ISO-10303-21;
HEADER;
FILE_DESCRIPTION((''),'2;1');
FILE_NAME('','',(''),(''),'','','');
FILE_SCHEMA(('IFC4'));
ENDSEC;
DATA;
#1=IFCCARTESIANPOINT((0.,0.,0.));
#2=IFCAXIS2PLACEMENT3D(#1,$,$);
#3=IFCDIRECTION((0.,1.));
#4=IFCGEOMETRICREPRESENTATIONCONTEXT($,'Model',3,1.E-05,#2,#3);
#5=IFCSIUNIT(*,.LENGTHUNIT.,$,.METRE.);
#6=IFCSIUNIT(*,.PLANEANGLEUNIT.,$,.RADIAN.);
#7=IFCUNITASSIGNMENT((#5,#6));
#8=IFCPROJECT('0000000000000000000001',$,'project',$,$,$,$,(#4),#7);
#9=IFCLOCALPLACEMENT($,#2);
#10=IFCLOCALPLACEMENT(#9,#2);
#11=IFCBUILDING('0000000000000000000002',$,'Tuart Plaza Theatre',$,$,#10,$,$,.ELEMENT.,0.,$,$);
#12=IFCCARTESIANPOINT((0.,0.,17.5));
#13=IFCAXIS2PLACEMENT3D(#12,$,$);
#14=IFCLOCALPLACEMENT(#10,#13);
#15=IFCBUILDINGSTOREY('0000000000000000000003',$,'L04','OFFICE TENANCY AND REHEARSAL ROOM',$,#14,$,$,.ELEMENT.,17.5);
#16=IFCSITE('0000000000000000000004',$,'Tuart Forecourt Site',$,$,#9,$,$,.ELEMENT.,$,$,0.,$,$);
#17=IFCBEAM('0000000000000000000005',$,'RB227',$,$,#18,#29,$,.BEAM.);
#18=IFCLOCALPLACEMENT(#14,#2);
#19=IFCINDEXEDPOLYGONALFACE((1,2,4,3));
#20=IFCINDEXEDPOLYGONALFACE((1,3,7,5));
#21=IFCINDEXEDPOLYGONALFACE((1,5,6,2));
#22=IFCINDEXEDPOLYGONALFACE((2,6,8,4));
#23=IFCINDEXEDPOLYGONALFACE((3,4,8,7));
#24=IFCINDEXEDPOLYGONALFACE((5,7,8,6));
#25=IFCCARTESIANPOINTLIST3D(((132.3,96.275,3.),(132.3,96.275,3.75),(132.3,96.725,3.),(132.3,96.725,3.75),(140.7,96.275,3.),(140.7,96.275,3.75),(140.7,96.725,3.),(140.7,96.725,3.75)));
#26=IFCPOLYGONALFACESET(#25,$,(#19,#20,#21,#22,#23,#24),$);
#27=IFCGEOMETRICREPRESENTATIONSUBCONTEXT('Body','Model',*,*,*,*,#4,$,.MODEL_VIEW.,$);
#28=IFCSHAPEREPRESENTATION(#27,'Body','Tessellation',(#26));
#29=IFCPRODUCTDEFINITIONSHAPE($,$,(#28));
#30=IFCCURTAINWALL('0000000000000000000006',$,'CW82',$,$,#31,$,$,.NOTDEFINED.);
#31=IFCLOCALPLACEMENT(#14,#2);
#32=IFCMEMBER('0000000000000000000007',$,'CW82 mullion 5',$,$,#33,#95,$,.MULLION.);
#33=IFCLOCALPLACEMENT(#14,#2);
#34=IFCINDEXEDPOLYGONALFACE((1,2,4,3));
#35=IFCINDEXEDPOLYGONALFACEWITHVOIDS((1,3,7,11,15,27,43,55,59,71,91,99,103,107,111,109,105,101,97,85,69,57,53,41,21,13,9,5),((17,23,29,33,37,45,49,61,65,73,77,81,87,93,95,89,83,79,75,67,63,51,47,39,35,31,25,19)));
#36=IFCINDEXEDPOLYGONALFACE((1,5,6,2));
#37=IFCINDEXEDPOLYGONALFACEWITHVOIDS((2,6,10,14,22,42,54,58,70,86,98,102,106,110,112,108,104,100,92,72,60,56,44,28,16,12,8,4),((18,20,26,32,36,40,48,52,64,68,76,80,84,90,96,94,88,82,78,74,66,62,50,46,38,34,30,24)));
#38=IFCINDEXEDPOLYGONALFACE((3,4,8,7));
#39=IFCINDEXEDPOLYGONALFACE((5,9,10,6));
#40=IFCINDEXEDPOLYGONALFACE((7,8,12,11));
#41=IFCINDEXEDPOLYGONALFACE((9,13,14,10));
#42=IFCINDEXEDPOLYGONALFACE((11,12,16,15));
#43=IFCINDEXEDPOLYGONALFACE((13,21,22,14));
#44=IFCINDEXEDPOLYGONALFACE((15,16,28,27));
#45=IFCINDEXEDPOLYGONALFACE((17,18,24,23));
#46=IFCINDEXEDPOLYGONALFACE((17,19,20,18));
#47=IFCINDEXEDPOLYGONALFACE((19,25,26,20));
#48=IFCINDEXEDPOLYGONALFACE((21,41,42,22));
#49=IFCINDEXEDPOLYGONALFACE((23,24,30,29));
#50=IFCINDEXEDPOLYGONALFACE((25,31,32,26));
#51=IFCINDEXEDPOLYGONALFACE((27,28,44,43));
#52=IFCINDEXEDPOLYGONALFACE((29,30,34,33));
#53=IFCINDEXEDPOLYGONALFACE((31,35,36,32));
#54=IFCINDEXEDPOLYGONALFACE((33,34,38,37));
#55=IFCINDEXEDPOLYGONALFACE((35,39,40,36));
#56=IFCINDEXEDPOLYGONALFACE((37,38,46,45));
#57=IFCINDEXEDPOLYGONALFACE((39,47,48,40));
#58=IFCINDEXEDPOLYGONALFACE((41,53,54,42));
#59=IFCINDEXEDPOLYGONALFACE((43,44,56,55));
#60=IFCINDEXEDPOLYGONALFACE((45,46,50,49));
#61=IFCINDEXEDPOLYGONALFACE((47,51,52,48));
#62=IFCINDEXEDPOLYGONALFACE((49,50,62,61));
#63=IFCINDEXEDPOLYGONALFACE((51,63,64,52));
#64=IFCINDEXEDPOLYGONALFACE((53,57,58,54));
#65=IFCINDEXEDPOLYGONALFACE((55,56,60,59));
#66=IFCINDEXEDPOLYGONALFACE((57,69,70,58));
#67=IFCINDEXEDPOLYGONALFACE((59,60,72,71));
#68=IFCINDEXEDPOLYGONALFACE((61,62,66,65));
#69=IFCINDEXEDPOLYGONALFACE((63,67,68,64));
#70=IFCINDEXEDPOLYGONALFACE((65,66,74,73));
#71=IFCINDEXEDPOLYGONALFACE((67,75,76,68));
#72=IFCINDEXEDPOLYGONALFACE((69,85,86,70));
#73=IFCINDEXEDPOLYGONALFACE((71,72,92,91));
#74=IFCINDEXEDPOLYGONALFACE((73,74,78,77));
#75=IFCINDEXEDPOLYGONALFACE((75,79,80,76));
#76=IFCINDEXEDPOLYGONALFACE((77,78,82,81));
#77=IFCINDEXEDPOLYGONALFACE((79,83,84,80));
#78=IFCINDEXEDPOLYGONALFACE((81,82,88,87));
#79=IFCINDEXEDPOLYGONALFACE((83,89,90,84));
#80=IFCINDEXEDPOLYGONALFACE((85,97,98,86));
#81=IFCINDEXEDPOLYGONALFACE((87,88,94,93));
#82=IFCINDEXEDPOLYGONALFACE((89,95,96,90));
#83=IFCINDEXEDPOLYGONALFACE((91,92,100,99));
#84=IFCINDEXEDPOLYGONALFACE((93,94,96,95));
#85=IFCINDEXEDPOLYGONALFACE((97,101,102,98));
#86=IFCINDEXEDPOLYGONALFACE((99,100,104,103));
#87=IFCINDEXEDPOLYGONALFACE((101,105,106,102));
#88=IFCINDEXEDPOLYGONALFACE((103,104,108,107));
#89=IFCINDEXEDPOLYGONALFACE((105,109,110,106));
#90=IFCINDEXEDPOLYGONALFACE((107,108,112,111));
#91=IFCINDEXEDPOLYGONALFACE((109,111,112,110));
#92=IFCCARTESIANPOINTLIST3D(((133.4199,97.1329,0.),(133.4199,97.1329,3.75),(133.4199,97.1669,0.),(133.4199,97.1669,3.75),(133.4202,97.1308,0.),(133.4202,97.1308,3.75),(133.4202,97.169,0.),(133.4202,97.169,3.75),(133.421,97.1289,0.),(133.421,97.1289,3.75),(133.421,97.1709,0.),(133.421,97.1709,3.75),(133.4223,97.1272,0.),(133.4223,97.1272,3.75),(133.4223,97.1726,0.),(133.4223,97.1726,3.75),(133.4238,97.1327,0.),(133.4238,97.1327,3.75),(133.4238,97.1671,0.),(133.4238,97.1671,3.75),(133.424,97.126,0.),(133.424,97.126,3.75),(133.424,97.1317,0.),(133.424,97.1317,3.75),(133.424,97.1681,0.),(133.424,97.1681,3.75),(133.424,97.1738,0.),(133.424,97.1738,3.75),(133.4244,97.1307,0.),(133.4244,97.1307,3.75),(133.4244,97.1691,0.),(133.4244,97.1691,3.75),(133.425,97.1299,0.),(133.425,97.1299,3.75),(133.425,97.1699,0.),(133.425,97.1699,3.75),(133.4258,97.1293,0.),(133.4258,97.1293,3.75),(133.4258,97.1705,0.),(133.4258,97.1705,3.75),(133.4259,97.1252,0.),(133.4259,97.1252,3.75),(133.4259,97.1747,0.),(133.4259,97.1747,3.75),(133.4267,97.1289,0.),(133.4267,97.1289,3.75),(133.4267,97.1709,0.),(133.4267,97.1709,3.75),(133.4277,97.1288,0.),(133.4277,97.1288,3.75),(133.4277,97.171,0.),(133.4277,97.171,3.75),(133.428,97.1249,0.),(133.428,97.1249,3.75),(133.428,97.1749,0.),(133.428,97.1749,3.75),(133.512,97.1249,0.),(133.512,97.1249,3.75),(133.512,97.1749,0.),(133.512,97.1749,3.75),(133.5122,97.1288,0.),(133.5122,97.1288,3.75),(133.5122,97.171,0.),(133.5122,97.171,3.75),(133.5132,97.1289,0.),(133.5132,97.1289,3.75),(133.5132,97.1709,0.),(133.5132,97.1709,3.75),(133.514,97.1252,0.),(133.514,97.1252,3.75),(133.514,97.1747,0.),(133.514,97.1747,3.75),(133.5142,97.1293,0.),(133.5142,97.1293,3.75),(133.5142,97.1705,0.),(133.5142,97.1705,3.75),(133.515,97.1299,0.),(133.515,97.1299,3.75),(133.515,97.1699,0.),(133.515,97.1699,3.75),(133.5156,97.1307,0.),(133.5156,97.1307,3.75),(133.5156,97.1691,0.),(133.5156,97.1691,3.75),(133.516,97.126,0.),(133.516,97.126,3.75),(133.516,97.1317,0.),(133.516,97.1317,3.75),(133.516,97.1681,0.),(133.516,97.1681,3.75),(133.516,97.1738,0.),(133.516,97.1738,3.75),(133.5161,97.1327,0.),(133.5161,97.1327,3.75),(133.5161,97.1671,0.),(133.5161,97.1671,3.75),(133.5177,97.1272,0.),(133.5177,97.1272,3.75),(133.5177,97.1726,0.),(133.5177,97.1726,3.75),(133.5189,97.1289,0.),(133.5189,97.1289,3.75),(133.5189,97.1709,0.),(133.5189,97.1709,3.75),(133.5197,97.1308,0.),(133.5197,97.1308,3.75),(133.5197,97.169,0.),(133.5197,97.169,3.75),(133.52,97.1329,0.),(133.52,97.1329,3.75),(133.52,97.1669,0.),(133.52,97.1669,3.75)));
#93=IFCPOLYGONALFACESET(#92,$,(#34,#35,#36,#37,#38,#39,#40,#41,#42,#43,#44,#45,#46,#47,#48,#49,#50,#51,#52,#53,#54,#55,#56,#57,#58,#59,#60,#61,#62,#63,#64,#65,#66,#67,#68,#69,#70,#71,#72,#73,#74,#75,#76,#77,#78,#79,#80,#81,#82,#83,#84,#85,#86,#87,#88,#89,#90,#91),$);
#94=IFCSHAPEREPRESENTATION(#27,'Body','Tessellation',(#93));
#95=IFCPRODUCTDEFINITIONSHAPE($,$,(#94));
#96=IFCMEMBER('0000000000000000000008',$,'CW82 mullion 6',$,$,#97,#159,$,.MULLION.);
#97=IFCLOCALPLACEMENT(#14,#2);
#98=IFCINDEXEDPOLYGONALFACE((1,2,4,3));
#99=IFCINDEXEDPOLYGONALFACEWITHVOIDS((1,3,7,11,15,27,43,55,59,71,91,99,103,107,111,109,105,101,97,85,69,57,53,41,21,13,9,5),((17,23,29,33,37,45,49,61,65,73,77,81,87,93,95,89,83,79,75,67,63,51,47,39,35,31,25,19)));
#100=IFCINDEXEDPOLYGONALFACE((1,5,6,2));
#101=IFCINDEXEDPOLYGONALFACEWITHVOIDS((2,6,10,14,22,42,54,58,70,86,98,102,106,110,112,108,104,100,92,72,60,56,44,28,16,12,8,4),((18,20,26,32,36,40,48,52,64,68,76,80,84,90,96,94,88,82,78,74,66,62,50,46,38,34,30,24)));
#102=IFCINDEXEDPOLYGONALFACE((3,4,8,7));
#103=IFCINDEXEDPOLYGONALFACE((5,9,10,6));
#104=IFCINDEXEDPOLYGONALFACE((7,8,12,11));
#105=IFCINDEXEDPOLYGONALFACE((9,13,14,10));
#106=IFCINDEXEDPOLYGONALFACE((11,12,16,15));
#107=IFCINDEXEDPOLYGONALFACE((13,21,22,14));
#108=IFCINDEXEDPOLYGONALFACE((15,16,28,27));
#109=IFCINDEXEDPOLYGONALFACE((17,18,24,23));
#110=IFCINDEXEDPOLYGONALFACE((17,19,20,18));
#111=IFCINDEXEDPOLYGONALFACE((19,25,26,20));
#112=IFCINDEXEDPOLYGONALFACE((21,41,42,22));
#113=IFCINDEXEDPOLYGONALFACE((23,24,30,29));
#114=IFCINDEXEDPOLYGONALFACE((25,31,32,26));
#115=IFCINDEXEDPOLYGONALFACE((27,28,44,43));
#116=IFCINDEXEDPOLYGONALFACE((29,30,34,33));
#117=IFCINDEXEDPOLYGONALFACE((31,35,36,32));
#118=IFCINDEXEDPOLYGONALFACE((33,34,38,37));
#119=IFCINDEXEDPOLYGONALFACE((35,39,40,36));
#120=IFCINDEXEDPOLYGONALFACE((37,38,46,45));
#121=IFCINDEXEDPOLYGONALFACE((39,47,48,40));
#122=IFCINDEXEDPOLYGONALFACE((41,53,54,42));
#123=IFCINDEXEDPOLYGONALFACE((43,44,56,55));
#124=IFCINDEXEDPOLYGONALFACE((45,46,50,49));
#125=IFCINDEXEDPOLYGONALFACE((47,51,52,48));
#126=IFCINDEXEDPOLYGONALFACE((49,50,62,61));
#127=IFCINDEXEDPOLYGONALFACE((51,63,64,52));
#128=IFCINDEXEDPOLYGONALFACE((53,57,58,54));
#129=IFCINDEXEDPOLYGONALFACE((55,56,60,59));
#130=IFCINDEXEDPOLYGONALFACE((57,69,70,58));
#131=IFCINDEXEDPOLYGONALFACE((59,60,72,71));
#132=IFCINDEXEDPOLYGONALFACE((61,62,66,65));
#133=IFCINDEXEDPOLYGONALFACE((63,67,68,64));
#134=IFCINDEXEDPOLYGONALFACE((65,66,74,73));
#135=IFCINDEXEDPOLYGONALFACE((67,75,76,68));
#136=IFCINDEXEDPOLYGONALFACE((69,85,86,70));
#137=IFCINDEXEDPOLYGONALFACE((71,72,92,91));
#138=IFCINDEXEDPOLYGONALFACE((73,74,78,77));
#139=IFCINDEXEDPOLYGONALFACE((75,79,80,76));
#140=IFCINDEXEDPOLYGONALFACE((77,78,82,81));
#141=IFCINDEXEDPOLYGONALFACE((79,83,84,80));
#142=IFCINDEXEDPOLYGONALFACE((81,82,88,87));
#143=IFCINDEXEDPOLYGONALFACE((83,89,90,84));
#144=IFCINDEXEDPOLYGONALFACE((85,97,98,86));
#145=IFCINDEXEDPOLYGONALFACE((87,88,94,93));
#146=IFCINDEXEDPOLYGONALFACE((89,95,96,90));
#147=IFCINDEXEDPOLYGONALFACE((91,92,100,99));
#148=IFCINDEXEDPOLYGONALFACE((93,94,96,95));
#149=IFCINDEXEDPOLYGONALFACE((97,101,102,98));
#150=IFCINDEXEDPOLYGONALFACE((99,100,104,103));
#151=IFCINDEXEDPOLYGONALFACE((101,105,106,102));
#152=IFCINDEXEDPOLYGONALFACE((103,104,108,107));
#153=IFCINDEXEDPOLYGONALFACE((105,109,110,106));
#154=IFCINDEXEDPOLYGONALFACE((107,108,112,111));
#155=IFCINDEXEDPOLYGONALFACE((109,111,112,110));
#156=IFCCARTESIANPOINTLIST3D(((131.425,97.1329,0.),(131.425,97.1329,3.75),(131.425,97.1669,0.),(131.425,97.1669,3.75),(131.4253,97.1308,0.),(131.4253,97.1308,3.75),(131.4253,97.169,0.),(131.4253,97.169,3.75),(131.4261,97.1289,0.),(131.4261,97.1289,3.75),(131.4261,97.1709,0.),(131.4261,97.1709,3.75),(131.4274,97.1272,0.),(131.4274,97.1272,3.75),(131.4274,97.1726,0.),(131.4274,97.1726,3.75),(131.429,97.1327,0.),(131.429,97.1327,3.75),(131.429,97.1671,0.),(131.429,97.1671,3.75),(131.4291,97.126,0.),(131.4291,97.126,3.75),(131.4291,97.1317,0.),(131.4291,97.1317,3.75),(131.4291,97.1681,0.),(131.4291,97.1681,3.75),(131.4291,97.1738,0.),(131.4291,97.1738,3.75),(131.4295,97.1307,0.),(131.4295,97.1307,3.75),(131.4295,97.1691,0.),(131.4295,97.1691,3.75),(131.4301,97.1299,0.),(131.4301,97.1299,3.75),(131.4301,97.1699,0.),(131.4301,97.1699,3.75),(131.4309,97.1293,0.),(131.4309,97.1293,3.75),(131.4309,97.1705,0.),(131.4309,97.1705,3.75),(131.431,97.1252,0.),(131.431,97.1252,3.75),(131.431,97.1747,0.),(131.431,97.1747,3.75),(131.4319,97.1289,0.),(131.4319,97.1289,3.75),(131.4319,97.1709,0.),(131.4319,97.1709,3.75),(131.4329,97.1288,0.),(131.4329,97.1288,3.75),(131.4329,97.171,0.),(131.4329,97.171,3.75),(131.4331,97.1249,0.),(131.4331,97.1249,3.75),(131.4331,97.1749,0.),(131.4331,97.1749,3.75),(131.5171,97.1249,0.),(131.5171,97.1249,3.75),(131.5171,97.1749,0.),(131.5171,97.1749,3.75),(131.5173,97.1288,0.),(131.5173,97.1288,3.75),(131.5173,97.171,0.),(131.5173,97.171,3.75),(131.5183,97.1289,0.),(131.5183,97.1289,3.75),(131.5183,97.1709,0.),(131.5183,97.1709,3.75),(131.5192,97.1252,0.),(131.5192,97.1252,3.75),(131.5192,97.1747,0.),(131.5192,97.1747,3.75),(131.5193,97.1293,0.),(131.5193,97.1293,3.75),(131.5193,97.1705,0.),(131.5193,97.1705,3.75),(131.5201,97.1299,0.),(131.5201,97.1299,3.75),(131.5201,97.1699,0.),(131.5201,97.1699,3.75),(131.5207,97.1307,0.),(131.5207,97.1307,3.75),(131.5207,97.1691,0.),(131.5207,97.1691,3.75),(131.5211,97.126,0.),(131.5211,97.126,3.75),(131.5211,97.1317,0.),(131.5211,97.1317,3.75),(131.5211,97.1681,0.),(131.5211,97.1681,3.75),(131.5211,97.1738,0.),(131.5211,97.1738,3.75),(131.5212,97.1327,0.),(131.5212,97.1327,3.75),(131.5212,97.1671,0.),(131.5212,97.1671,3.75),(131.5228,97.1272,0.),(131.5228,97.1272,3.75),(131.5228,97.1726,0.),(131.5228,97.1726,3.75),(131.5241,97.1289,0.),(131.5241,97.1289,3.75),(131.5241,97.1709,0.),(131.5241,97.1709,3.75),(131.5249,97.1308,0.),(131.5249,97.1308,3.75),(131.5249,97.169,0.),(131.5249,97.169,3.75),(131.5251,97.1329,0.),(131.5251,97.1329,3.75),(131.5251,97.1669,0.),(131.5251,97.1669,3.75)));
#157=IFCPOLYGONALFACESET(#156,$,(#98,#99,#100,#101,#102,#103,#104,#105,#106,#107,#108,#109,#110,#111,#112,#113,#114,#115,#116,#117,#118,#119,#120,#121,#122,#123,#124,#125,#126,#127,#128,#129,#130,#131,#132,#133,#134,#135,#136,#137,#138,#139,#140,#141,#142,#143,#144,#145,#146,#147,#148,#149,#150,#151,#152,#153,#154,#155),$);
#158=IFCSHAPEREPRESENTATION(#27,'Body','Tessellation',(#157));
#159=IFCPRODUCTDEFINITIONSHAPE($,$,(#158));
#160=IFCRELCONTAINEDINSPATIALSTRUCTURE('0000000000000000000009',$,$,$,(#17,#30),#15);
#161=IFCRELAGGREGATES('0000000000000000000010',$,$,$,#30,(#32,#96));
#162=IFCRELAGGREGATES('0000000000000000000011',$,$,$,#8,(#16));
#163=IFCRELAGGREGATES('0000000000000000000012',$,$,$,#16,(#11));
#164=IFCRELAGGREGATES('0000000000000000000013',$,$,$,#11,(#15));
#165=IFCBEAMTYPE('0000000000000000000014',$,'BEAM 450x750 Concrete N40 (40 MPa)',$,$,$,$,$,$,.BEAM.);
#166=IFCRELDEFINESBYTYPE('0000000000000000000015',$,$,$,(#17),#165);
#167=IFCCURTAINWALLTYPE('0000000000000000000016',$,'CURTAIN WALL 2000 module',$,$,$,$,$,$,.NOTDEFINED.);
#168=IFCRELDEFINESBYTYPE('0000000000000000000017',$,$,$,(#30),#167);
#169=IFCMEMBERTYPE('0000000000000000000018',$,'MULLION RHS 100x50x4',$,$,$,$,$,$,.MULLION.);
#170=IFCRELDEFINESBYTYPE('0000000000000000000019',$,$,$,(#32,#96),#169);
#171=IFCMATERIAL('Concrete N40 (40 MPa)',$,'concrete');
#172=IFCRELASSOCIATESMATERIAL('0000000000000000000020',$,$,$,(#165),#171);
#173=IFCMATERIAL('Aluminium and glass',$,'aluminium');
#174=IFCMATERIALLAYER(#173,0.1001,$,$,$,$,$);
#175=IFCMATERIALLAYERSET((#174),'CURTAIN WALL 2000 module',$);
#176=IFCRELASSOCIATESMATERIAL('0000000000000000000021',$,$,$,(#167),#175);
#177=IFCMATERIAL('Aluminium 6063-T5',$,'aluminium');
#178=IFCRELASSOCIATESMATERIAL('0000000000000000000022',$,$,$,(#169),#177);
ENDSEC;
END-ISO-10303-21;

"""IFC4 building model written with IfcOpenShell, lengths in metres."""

from ifc_helpers import new_model, si_unit, direction, frame, origin, origin_2d, place, context, subcontext, project, spatial, rectangle, hollow_rectangle, extrude, material, layer, layer_set, material_profile, profile_set, type_object, element, aggregate, save


model = new_model("IFC4")

# Units and contexts
model_context = context("Model", 3, precision=1e-05, world=origin(), true_north=direction((0.0, 1.0)))
body_context = subcontext(model_context, "Body", "Model", "MODEL_VIEW")
ifc_project = project(units=[si_unit("LENGTHUNIT", "METRE"), si_unit("PLANEANGLEUNIT", "RADIAN")], contexts=[model_context])

# Site, building, storey
site_placement = place(None, origin())
site = spatial("IfcSite", under=ifc_project, at=site_placement, Name="Tuart Forecourt Site", CompositionType="ELEMENT", RefElevation=0.0)
building_placement = place(site_placement, origin())
building = spatial("IfcBuilding", under=site, at=building_placement, Name="Tuart Plaza Theatre", CompositionType="ELEMENT", ElevationOfRefHeight=0.0)
storey_placement = place(building_placement, frame((0.0, 0.0, 17.5)))
storey = spatial("IfcBuildingStorey", under=building, at=storey_placement, Name="L04", Description="OFFICE TENANCY AND REHEARSAL ROOM", CompositionType="ELEMENT", Elevation=17.5)

# Beam
ifc_material_1 = material(Name="Concrete N40 (40 MPa)", Category="concrete")
ifc_material_profile_1 = material_profile(ifc_material_1, rectangle(XDim=0.45, YDim=0.75, at=origin_2d()), Name="BEAM 450x750 Concrete N40 (40 MPa)")
ifc_profile_set_1 = profile_set([ifc_material_profile_1], Name="Concrete N40 (40 MPa)")
beam_type = type_object("IfcBeamType", Name="BEAM 450x750 Concrete N40 (40 MPa)", PredefinedType="BEAM", material=ifc_profile_set_1)
beam_placement = place(storey_placement, frame((132.3, 96.5, 3.375), z_axis=(1.0, 0.0, 0.0), x_axis=(0.0, 1.0, 0.0)))
element("IfcBeam", 1, at=beam_placement, inside=storey, type_object=beam_type, Name="RB227", PredefinedType="BEAM", context=body_context, shape_type="SweptSolid", body=[
    extrude(rectangle(XDim=0.45, YDim=0.75, at=origin_2d()), origin(), (0.0, 0.0, 1.0), 8.3999),
])

# Curtain wall, members
ifc_material_2 = material(Name="Aluminium and glass", Category="aluminium")
ifc_layer_1 = layer(ifc_material_2, 0.1001)
ifc_layer_set_1 = layer_set([ifc_layer_1], Name="CURTAIN WALL 2000 module")
curtain_wall_type_1 = type_object("IfcCurtainWallType", Name="CURTAIN WALL 2000 module", PredefinedType="NOTDEFINED", material=ifc_layer_set_1)
curtain_wall_1_placement = place(storey_placement, origin())
curtain_wall_1 = element("IfcCurtainWall", 2, at=curtain_wall_1_placement, inside=storey, type_object=curtain_wall_type_1, Name="CW82", PredefinedType="NOTDEFINED")
ifc_material_3 = material(Name="Aluminium 6063-T5", Category="aluminium")
ifc_material_profile_2 = material_profile(ifc_material_3, hollow_rectangle(XDim=0.05, YDim=0.1001, WallThickness=0.0039, InnerFilletRadius=0.0039, OuterFilletRadius=0.0081, at=origin_2d()), Name="RHS 100x50x4")
ifc_profile_set_2 = profile_set([ifc_material_profile_2], Name="Aluminium 6063-T5")
member_type_1 = type_object("IfcMemberType", Name="MULLION RHS 100x50x4", PredefinedType="MULLION", material=ifc_profile_set_2)
member_1_placement = place(storey_placement, frame((133.47, 97.1499, 0.0), z_axis=(0.0, 0.0, 1.0), x_axis=(0.0, -1.0, 0.0)))
member_1 = element("IfcMember", 3, at=member_1_placement, type_object=member_type_1, Name="CW82 mullion 5", PredefinedType="MULLION", context=body_context, shape_type="SweptSolid", body=[
    extrude(hollow_rectangle(XDim=0.05, YDim=0.1001, WallThickness=0.0039, InnerFilletRadius=0.0039, OuterFilletRadius=0.0081, at=origin_2d()), origin(), (0.0, 0.0, 1.0), 3.75),
])
member_2_placement = place(storey_placement, frame((131.4751, 97.1499, 0.0), z_axis=(0.0, 0.0, 1.0), x_axis=(0.0, -1.0, 0.0)))
member_2 = element("IfcMember", 4, at=member_2_placement, type_object=member_type_1, Name="CW82 mullion 6", PredefinedType="MULLION", context=body_context, shape_type="SweptSolid", body=[
    extrude(hollow_rectangle(XDim=0.05, YDim=0.1001, WallThickness=0.0039, InnerFilletRadius=0.0039, OuterFilletRadius=0.0081, at=origin_2d()), origin(), (0.0, 0.0, 1.0), 3.75),
])

aggregate(curtain_wall_1, [member_1, member_2])

save(model, "model.ifc")
